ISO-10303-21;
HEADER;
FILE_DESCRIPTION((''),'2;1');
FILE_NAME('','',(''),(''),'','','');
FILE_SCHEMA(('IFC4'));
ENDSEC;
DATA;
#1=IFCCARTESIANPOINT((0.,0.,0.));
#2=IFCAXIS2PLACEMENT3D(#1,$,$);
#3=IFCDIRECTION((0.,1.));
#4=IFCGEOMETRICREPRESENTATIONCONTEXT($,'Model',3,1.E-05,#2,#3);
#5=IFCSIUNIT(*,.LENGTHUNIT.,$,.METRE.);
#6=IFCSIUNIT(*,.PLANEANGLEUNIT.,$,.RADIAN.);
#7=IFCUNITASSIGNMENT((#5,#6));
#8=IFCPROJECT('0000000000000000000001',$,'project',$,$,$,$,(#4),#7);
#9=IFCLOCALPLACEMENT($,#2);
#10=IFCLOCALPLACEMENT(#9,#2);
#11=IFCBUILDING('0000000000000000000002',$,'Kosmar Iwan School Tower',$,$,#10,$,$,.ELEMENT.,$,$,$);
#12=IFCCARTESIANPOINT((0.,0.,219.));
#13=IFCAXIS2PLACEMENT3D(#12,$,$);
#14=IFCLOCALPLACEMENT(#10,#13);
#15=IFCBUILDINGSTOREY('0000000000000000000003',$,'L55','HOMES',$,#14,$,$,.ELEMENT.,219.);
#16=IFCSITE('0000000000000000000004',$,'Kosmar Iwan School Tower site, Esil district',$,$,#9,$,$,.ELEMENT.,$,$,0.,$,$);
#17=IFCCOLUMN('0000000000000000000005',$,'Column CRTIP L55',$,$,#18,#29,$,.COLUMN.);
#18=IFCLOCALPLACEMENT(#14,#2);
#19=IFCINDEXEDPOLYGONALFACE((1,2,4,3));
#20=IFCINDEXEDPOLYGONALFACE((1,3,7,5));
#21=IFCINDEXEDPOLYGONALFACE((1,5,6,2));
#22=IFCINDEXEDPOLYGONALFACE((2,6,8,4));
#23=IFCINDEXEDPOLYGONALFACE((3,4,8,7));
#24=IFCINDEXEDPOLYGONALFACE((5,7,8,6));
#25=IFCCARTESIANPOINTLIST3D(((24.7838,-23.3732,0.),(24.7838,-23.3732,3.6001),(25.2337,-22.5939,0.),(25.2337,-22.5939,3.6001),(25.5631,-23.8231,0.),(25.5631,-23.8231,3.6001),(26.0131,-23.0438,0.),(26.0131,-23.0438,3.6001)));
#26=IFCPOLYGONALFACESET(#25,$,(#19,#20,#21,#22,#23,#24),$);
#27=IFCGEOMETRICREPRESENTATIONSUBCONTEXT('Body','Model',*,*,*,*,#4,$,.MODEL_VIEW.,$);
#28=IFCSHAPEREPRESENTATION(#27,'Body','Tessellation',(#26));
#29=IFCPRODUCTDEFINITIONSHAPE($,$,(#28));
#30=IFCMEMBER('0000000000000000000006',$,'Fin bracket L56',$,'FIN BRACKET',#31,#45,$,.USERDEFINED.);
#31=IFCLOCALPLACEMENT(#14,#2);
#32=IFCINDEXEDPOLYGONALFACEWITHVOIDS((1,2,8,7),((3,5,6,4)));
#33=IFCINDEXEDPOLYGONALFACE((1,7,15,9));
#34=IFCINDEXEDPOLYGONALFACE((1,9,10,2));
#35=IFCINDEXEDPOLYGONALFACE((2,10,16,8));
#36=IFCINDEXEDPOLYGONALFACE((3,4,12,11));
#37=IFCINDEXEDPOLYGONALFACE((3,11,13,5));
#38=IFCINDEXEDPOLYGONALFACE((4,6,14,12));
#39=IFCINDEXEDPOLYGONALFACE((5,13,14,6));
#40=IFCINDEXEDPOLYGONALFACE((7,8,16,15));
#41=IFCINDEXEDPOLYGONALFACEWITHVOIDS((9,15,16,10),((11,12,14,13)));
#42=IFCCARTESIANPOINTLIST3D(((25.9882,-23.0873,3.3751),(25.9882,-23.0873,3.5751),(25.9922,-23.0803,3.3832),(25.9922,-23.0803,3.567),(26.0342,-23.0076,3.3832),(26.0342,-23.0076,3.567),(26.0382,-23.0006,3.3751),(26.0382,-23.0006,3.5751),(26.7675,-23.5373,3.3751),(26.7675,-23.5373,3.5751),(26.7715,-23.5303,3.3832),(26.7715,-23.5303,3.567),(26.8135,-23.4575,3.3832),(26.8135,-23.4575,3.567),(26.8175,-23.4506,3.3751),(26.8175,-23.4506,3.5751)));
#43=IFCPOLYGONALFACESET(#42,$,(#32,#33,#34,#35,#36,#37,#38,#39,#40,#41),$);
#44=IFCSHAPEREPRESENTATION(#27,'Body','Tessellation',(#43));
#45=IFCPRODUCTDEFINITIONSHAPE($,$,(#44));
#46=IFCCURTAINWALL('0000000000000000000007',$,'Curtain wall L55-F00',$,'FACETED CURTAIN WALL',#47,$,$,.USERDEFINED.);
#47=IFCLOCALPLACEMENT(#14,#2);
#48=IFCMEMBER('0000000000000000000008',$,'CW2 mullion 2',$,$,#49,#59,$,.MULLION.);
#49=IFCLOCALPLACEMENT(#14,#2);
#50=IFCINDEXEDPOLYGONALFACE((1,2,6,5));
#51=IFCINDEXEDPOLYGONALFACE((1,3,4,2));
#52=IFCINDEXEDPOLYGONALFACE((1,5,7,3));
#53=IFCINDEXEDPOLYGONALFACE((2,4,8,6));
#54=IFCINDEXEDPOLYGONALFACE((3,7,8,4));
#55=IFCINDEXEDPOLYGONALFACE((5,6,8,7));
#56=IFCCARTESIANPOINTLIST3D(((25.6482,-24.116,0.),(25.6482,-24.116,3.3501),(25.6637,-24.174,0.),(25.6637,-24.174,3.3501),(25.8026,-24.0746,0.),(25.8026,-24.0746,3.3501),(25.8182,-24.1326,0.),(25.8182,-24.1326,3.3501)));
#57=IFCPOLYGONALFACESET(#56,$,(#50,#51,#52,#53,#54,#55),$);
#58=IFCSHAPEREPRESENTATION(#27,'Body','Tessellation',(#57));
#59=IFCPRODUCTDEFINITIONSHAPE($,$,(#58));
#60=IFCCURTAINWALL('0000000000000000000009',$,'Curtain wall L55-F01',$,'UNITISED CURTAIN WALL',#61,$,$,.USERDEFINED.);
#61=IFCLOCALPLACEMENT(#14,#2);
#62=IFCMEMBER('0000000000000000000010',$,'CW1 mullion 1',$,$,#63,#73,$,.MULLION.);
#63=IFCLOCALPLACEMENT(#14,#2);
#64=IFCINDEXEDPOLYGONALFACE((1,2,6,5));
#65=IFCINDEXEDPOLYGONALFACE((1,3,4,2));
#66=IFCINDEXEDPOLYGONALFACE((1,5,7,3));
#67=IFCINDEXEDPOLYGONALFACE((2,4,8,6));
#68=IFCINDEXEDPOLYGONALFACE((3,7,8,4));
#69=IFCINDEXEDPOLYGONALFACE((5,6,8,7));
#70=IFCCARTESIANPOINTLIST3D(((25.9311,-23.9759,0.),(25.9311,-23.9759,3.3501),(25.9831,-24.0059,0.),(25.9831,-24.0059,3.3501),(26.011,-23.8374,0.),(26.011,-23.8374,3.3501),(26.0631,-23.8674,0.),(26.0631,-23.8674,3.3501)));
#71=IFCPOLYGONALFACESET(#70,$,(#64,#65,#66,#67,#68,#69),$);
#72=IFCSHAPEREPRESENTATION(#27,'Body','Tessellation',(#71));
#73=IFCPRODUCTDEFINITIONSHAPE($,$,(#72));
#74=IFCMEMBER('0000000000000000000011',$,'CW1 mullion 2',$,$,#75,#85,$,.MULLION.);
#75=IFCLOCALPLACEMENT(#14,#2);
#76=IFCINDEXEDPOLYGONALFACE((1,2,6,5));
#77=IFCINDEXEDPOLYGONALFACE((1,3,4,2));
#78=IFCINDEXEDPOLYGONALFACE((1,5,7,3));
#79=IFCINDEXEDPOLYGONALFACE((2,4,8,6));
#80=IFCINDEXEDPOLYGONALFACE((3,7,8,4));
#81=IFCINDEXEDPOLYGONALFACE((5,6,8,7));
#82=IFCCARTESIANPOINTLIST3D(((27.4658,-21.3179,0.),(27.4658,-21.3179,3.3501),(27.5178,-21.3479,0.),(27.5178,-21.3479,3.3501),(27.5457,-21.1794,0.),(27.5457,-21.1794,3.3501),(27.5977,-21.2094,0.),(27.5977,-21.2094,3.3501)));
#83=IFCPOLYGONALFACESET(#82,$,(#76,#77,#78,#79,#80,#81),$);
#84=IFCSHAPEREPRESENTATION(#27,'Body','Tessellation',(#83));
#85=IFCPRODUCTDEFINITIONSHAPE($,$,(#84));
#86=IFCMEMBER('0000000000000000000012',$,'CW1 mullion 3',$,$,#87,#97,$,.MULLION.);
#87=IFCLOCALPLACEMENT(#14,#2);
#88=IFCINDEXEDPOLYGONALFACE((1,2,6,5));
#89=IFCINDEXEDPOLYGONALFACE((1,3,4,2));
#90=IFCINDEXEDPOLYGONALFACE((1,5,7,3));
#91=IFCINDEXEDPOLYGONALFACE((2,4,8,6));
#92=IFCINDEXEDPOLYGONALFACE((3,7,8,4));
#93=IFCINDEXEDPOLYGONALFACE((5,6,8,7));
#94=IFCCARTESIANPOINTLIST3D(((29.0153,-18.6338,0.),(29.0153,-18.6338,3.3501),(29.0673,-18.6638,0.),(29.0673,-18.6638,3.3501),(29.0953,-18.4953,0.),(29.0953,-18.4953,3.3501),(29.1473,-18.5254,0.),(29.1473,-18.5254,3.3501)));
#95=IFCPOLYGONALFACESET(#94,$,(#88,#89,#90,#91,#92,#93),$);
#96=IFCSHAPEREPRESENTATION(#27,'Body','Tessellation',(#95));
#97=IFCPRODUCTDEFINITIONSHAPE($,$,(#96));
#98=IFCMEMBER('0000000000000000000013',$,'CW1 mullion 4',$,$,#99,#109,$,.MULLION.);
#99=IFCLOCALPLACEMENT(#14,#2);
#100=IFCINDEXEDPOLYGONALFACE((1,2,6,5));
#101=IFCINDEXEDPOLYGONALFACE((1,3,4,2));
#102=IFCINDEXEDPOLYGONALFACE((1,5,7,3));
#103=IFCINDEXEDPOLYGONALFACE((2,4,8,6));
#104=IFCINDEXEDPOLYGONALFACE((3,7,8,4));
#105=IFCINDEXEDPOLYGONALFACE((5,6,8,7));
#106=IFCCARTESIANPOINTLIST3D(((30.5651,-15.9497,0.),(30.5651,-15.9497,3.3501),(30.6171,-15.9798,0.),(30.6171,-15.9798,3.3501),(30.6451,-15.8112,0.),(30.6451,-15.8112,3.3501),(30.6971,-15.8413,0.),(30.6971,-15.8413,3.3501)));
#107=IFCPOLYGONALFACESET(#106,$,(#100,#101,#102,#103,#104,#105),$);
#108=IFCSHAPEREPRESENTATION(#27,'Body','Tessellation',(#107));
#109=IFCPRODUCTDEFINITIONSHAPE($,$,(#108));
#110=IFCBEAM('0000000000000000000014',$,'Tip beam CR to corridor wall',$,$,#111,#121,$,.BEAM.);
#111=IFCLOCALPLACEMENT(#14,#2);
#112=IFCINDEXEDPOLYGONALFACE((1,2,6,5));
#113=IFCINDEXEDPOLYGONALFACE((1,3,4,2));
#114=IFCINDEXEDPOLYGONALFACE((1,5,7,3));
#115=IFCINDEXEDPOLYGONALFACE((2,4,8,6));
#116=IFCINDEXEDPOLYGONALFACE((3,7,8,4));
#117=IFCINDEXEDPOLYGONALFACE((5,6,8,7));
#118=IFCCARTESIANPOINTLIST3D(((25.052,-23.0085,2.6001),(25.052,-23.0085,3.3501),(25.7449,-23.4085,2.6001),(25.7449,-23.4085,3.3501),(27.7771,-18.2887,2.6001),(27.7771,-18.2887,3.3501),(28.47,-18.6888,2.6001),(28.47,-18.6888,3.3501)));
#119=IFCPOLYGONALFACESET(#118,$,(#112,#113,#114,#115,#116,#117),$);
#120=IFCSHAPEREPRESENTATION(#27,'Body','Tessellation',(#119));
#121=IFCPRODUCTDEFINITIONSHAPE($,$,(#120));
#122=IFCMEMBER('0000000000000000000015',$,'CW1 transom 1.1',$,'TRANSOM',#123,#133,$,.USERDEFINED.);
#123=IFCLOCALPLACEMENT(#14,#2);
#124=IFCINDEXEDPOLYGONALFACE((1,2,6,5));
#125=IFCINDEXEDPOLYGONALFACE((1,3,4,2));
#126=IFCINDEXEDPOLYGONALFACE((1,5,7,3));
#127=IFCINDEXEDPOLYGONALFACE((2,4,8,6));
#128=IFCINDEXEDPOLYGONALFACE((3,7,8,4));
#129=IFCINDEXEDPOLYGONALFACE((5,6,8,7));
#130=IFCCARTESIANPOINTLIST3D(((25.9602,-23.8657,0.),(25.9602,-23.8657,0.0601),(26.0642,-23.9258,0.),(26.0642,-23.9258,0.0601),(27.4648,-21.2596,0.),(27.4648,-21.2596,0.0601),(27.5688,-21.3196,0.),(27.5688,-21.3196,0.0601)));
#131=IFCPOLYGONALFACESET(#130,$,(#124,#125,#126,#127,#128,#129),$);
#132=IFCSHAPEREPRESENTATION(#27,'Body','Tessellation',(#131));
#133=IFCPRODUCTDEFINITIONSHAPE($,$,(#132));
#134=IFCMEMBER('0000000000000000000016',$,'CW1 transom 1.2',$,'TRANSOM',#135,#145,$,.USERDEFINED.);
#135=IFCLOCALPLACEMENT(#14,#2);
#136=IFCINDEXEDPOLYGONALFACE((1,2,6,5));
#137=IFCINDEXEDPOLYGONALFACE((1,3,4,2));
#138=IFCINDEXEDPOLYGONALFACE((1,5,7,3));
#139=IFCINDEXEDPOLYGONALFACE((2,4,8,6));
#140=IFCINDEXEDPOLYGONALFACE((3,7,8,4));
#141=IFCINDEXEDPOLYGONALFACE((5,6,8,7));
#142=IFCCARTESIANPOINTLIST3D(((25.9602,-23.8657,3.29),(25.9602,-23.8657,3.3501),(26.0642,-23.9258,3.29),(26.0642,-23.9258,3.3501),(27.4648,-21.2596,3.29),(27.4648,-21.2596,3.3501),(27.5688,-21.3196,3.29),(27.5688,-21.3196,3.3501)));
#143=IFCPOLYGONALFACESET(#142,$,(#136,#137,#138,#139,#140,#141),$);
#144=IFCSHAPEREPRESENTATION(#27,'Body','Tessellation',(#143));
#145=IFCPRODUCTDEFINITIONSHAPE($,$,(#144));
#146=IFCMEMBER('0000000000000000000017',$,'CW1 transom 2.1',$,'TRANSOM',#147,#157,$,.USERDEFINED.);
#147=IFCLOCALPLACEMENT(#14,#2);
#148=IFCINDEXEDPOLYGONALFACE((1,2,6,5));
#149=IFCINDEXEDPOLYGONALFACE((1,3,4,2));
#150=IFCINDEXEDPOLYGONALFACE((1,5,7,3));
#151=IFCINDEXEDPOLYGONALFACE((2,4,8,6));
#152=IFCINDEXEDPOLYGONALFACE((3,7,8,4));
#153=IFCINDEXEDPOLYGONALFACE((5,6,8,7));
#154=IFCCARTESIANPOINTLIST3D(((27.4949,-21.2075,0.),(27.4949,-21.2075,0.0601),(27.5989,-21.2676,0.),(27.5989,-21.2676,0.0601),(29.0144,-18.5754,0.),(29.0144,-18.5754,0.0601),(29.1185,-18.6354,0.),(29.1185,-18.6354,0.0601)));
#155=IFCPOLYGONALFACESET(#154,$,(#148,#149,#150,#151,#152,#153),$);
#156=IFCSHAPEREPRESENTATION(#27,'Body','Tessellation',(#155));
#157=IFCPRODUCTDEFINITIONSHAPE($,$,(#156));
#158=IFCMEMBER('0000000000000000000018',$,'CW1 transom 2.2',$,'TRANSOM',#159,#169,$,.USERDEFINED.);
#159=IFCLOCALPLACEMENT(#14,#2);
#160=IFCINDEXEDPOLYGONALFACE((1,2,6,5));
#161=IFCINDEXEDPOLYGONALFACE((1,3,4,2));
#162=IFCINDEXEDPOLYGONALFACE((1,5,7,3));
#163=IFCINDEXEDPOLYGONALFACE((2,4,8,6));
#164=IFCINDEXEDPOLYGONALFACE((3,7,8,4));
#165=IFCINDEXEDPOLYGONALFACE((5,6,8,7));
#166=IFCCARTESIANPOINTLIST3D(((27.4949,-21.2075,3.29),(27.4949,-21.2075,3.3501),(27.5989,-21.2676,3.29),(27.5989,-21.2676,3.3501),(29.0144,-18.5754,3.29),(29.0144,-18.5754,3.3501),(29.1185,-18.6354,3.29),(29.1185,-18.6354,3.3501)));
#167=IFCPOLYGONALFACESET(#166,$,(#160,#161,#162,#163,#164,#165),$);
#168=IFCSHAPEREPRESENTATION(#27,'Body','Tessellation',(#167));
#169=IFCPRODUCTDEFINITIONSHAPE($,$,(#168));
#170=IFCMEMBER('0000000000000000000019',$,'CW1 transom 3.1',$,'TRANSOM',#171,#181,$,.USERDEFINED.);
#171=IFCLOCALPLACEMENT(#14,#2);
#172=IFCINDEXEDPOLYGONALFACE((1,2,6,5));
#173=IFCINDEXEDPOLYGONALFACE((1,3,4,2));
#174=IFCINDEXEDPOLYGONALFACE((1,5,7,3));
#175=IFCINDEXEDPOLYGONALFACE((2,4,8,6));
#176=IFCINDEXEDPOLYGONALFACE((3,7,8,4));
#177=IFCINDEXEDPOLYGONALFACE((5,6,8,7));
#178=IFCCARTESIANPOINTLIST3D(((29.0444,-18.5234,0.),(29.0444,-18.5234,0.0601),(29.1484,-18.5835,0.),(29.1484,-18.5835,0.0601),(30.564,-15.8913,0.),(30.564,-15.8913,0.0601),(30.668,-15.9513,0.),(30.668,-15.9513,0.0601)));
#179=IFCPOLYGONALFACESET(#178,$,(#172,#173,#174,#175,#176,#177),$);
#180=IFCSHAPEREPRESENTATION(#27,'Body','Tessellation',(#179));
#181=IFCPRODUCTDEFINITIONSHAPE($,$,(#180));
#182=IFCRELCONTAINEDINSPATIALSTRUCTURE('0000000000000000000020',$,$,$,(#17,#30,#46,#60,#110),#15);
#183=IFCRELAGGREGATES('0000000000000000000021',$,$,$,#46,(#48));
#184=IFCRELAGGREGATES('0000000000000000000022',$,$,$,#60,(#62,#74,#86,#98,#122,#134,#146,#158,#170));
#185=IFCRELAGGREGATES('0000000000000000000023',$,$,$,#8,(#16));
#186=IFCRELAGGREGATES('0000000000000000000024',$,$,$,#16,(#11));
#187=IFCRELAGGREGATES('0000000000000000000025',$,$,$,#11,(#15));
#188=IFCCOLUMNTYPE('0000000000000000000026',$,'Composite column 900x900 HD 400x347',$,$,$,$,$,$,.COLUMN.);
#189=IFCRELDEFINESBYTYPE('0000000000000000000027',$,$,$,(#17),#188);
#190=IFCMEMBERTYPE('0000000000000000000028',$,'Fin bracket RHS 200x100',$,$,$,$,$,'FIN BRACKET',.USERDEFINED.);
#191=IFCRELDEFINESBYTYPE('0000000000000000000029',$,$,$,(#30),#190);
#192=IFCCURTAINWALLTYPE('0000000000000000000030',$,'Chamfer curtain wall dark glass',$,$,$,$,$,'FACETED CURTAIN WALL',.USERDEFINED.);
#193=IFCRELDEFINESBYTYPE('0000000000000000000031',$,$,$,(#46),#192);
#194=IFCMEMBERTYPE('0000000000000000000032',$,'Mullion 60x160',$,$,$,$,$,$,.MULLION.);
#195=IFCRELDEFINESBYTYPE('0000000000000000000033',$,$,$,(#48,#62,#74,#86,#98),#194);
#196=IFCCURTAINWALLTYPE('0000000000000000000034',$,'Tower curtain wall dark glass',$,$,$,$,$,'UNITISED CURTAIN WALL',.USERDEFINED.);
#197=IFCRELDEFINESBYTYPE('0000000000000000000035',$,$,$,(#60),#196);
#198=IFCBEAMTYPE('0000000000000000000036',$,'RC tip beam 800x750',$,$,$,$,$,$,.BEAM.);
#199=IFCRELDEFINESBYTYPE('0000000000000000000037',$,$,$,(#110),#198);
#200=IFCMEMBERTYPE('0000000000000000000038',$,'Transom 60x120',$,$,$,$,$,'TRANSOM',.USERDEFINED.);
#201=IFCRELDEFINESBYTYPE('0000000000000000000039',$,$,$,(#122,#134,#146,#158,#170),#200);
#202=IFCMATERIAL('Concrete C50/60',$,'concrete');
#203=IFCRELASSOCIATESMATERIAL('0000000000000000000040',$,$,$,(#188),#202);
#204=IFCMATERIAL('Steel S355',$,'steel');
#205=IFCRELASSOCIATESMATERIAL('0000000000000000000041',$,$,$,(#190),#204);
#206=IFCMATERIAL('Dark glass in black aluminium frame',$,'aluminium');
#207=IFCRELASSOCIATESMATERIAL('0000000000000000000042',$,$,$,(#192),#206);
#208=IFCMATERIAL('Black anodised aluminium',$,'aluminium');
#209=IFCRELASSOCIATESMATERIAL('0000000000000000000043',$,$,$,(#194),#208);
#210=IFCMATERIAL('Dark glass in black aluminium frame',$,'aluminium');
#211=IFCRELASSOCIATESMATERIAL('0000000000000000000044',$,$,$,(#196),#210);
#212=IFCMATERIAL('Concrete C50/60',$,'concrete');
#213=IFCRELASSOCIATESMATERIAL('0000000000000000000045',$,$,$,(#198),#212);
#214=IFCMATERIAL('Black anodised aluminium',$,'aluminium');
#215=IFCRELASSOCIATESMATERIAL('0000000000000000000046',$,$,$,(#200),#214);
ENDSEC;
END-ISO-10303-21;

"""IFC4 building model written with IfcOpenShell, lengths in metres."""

from ifc_helpers import new_model, si_unit, direction, frame, origin, origin_2d, place, context, subcontext, project, spatial, rectangle, hollow_rectangle, extrude, material, material_profile, profile_set, type_object, element, aggregate, save


model = new_model("IFC4")

# Units and contexts
model_context = context("Model", 3, precision=1e-05, world=origin(), true_north=direction((0.0, 1.0)))
body_context = subcontext(model_context, "Body", "Model", "MODEL_VIEW")
ifc_project = project(units=[si_unit("LENGTHUNIT", "METRE"), si_unit("PLANEANGLEUNIT", "RADIAN")], contexts=[model_context])

# Site, building, storey
site_placement = place(None, origin())
site = spatial("IfcSite", under=ifc_project, at=site_placement, Name="Kosmar Iwan School Tower site, Esil district", CompositionType="ELEMENT", RefElevation=0.0)
building_placement = place(site_placement, origin())
building = spatial("IfcBuilding", under=site, at=building_placement, Name="Kosmar Iwan School Tower", CompositionType="ELEMENT")
storey_placement = place(building_placement, frame((0.0, 0.0, 219.0)))
storey = spatial("IfcBuildingStorey", under=building, at=storey_placement, Name="L55", Description="HOMES", CompositionType="ELEMENT", Elevation=219.0)

# Column
ifc_material_1 = material(Name="Concrete C50/60", Category="concrete")
ifc_material_profile_1 = material_profile(ifc_material_1, rectangle(XDim=0.8999, YDim=0.8999, at=origin_2d()), Name="RC 900x900 + HD 400x347")
ifc_profile_set_1 = profile_set([ifc_material_profile_1], Name="Concrete C50/60")
column_type = type_object("IfcColumnType", Name="Composite column 900x900 HD 400x347", PredefinedType="COLUMN", material=ifc_profile_set_1)
column_placement = place(storey_placement, frame((25.3984, -23.2085, 0.0), z_axis=(0.0, 0.0, 1.0), x_axis=(0.866025, -0.5, 0.0)))
element("IfcColumn", 1, at=column_placement, inside=storey, type_object=column_type, Name="Column CRTIP L55", PredefinedType="COLUMN", context=body_context, shape_type="SweptSolid", body=[
    extrude(rectangle(XDim=0.8999, YDim=0.8999, at=origin_2d()), origin(), (0.0, 0.0, 1.0), 3.6001),
])

# Member
ifc_material_2 = material(Name="Steel S355", Category="steel")
ifc_material_profile_2 = material_profile(ifc_material_2, hollow_rectangle(XDim=0.1001, YDim=0.2, WallThickness=0.0081, at=origin_2d()), Name="RHS 200x100x8")
ifc_profile_set_2 = profile_set([ifc_material_profile_2], Name="Steel S355")
member_type_1 = type_object("IfcMemberType", Name="Fin bracket RHS 200x100", ElementType="FIN BRACKET", PredefinedType="USERDEFINED", material=ifc_profile_set_2)
member_1_placement = place(storey_placement, frame((26.0132, -23.0439, 3.4751), z_axis=(0.866014, -0.50002, 0.0), x_axis=(0.50002, 0.866014, 0.0)))
element("IfcMember", 2, at=member_1_placement, inside=storey, type_object=member_type_1, Name="Fin bracket L56", ObjectType="FIN BRACKET", PredefinedType="USERDEFINED", context=body_context, shape_type="SweptSolid", body=[
    extrude(hollow_rectangle(XDim=0.1001, YDim=0.2, WallThickness=0.0081, at=origin_2d()), origin(), (0.0, 0.0, 1.0), 0.8999),
])

# Curtain wall, member
ifc_material_3 = material(Name="Dark glass in black aluminium frame", Category="aluminium")
curtain_wall_type_1 = type_object("IfcCurtainWallType", Name="Chamfer curtain wall dark glass", ElementType="FACETED CURTAIN WALL", PredefinedType="USERDEFINED", material=ifc_material_3)
curtain_wall_1_placement = place(storey_placement, origin())
curtain_wall_1 = element("IfcCurtainWall", 3, at=curtain_wall_1_placement, inside=storey, type_object=curtain_wall_type_1, Name="Curtain wall L55-F00", ObjectType="FACETED CURTAIN WALL", PredefinedType="USERDEFINED")
ifc_material_4 = material(Name="Black anodised aluminium", Category="aluminium")
ifc_material_profile_3 = material_profile(ifc_material_4, rectangle(XDim=0.0601, YDim=0.1599, at=origin_2d()), Name="MULLION 60x160")
ifc_profile_set_3 = profile_set([ifc_material_profile_3], Name="Black anodised aluminium")
member_type_2 = type_object("IfcMemberType", Name="Mullion 60x160", PredefinedType="MULLION", material=ifc_profile_set_3)
member_2_placement = place(storey_placement, frame((25.7332, -24.1243, 0.0), z_axis=(0.0, 0.0, 1.0), x_axis=(-0.258819, 0.965926, 0.0)))
member_2 = element("IfcMember", 4, at=member_2_placement, type_object=member_type_2, Name="CW2 mullion 2", PredefinedType="MULLION", context=body_context, shape_type="SweptSolid", body=[
    extrude(rectangle(XDim=0.0601, YDim=0.1599, at=origin_2d()), origin(), (0.0, 0.0, 1.0), 3.3501),
])
aggregate(curtain_wall_1, [member_2])

# Curtain wall, members
ifc_material_5 = material(Name="Dark glass in black aluminium frame", Category="aluminium")
curtain_wall_type_2 = type_object("IfcCurtainWallType", Name="Tower curtain wall dark glass", ElementType="UNITISED CURTAIN WALL", PredefinedType="USERDEFINED", material=ifc_material_5)
curtain_wall_2_placement = place(storey_placement, origin())
curtain_wall_2 = element("IfcCurtainWall", 5, at=curtain_wall_2_placement, inside=storey, type_object=curtain_wall_type_2, Name="Curtain wall L55-F01", ObjectType="UNITISED CURTAIN WALL", PredefinedType="USERDEFINED")
member_3_placement = place(storey_placement, frame((25.9971, -23.9216, 0.0), z_axis=(0.0, 0.0, 1.0), x_axis=(-0.866025, 0.5, 0.0)))
member_3 = element("IfcMember", 6, at=member_3_placement, type_object=member_type_2, Name="CW1 mullion 1", PredefinedType="MULLION", context=body_context, shape_type="SweptSolid", body=[
    extrude(rectangle(XDim=0.0601, YDim=0.1599, at=origin_2d()), origin(), (0.0, 0.0, 1.0), 3.3501),
])
member_4_placement = place(storey_placement, frame((27.5317, -21.2637, 0.0), z_axis=(0.0, 0.0, 1.0), x_axis=(-0.866025, 0.5, 0.0)))
member_4 = element("IfcMember", 7, at=member_4_placement, type_object=member_type_2, Name="CW1 mullion 2", PredefinedType="MULLION", context=body_context, shape_type="SweptSolid", body=[
    extrude(rectangle(XDim=0.0601, YDim=0.1599, at=origin_2d()), origin(), (0.0, 0.0, 1.0), 3.3501),
])
member_5_placement = place(storey_placement, frame((29.0813, -18.5796, 0.0), z_axis=(0.0, 0.0, 1.0), x_axis=(-0.866025, 0.5, 0.0)))
member_5 = element("IfcMember", 8, at=member_5_placement, type_object=member_type_2, Name="CW1 mullion 3", PredefinedType="MULLION", context=body_context, shape_type="SweptSolid", body=[
    extrude(rectangle(XDim=0.0601, YDim=0.1599, at=origin_2d()), origin(), (0.0, 0.0, 1.0), 3.3501),
])
member_6_placement = place(storey_placement, frame((30.6311, -15.8955, 0.0), z_axis=(0.0, 0.0, 1.0), x_axis=(-0.866025, 0.5, 0.0)))
member_6 = element("IfcMember", 9, at=member_6_placement, type_object=member_type_2, Name="CW1 mullion 4", PredefinedType="MULLION", context=body_context, shape_type="SweptSolid", body=[
    extrude(rectangle(XDim=0.0601, YDim=0.1599, at=origin_2d()), origin(), (0.0, 0.0, 1.0), 3.3501),
])

# Beam
ifc_material_6 = material(Name="Concrete C50/60", Category="concrete")
ifc_material_profile_4 = material_profile(ifc_material_6, rectangle(XDim=0.8, YDim=0.75, at=origin_2d()), Name="RC 800x750")
ifc_profile_set_4 = profile_set([ifc_material_profile_4], Name="Concrete C50/60")
beam_type = type_object("IfcBeamType", Name="RC tip beam 800x750", PredefinedType="BEAM", material=ifc_profile_set_4)
beam_placement = place(storey_placement, frame((25.3984, -23.2085, 2.9751), z_axis=(0.500022, 0.866013, 0.0), x_axis=(-0.866013, 0.500022, 0.0)))
element("IfcBeam", 10, at=beam_placement, inside=storey, type_object=beam_type, Name="Tip beam CR to corridor wall", PredefinedType="BEAM", context=body_context, shape_type="SweptSolid", body=[
    extrude(rectangle(XDim=0.8, YDim=0.75, at=origin_2d()), origin(), (0.0, 0.0, 1.0), 5.45),
])

# Members
ifc_material_7 = material(Name="Black anodised aluminium", Category="aluminium")
ifc_material_profile_5 = material_profile(ifc_material_7, rectangle(XDim=0.1201, YDim=0.0601, at=origin_2d()), Name="TRANSOM 60x120")
ifc_profile_set_5 = profile_set([ifc_material_profile_5], Name="Black anodised aluminium")
member_type_3 = type_object("IfcMemberType", Name="Transom 60x120", ElementType="TRANSOM", PredefinedType="USERDEFINED", material=ifc_profile_set_5)
member_7_placement = place(storey_placement, frame((26.0122, -23.8958, 0.03), z_axis=(0.499987, 0.866033, 0.0), x_axis=(-0.866033, 0.499987, 0.0)))
member_7 = element("IfcMember", 11, at=member_7_placement, type_object=member_type_3, Name="CW1 transom 1.1", ObjectType="TRANSOM", PredefinedType="USERDEFINED", context=body_context, shape_type="SweptSolid", body=[
    extrude(rectangle(XDim=0.1201, YDim=0.0601, at=origin_2d()), origin(), (0.0, 0.0, 1.0), 3.0093),
])
member_8_placement = place(storey_placement, frame((26.0122, -23.8958, 3.3201), z_axis=(0.499987, 0.866033, 0.0), x_axis=(-0.866033, 0.499987, 0.0)))
member_8 = element("IfcMember", 12, at=member_8_placement, type_object=member_type_3, Name="CW1 transom 1.2", ObjectType="TRANSOM", PredefinedType="USERDEFINED", context=body_context, shape_type="SweptSolid", body=[
    extrude(rectangle(XDim=0.1201, YDim=0.0601, at=origin_2d()), origin(), (0.0, 0.0, 1.0), 3.0093),
])
member_9_placement = place(storey_placement, frame((27.5469, -21.2375, 0.03), z_axis=(0.499975, 0.86604, 0.0), x_axis=(-0.86604, 0.499975, 0.0)))
member_9 = element("IfcMember", 13, at=member_9_placement, type_object=member_type_3, Name="CW1 transom 2.1", ObjectType="TRANSOM", PredefinedType="USERDEFINED", context=body_context, shape_type="SweptSolid", body=[
    extrude(rectangle(XDim=0.1201, YDim=0.0601, at=origin_2d()), origin(), (0.0, 0.0, 1.0), 3.0393),
])
member_10_placement = place(storey_placement, frame((27.5469, -21.2375, 3.3201), z_axis=(0.499975, 0.86604, 0.0), x_axis=(-0.86604, 0.499975, 0.0)))
member_10 = element("IfcMember", 14, at=member_10_placement, type_object=member_type_3, Name="CW1 transom 2.2", ObjectType="TRANSOM", PredefinedType="USERDEFINED", context=body_context, shape_type="SweptSolid", body=[
    extrude(rectangle(XDim=0.1201, YDim=0.0601, at=origin_2d()), origin(), (0.0, 0.0, 1.0), 3.0393),
])
member_11_placement = place(storey_placement, frame((29.0964, -18.5535, 0.03), z_axis=(0.499975, 0.86604, 0.0), x_axis=(-0.86604, 0.499975, 0.0)))
member_11 = element("IfcMember", 15, at=member_11_placement, type_object=member_type_3, Name="CW1 transom 3.1", ObjectType="TRANSOM", PredefinedType="USERDEFINED", context=body_context, shape_type="SweptSolid", body=[
    extrude(rectangle(XDim=0.1201, YDim=0.0601, at=origin_2d()), origin(), (0.0, 0.0, 1.0), 3.0393),
])

aggregate(curtain_wall_2, [member_3, member_4, member_5, member_6, member_7, member_8, member_9, member_10, member_11])

save(model, "model.ifc")
